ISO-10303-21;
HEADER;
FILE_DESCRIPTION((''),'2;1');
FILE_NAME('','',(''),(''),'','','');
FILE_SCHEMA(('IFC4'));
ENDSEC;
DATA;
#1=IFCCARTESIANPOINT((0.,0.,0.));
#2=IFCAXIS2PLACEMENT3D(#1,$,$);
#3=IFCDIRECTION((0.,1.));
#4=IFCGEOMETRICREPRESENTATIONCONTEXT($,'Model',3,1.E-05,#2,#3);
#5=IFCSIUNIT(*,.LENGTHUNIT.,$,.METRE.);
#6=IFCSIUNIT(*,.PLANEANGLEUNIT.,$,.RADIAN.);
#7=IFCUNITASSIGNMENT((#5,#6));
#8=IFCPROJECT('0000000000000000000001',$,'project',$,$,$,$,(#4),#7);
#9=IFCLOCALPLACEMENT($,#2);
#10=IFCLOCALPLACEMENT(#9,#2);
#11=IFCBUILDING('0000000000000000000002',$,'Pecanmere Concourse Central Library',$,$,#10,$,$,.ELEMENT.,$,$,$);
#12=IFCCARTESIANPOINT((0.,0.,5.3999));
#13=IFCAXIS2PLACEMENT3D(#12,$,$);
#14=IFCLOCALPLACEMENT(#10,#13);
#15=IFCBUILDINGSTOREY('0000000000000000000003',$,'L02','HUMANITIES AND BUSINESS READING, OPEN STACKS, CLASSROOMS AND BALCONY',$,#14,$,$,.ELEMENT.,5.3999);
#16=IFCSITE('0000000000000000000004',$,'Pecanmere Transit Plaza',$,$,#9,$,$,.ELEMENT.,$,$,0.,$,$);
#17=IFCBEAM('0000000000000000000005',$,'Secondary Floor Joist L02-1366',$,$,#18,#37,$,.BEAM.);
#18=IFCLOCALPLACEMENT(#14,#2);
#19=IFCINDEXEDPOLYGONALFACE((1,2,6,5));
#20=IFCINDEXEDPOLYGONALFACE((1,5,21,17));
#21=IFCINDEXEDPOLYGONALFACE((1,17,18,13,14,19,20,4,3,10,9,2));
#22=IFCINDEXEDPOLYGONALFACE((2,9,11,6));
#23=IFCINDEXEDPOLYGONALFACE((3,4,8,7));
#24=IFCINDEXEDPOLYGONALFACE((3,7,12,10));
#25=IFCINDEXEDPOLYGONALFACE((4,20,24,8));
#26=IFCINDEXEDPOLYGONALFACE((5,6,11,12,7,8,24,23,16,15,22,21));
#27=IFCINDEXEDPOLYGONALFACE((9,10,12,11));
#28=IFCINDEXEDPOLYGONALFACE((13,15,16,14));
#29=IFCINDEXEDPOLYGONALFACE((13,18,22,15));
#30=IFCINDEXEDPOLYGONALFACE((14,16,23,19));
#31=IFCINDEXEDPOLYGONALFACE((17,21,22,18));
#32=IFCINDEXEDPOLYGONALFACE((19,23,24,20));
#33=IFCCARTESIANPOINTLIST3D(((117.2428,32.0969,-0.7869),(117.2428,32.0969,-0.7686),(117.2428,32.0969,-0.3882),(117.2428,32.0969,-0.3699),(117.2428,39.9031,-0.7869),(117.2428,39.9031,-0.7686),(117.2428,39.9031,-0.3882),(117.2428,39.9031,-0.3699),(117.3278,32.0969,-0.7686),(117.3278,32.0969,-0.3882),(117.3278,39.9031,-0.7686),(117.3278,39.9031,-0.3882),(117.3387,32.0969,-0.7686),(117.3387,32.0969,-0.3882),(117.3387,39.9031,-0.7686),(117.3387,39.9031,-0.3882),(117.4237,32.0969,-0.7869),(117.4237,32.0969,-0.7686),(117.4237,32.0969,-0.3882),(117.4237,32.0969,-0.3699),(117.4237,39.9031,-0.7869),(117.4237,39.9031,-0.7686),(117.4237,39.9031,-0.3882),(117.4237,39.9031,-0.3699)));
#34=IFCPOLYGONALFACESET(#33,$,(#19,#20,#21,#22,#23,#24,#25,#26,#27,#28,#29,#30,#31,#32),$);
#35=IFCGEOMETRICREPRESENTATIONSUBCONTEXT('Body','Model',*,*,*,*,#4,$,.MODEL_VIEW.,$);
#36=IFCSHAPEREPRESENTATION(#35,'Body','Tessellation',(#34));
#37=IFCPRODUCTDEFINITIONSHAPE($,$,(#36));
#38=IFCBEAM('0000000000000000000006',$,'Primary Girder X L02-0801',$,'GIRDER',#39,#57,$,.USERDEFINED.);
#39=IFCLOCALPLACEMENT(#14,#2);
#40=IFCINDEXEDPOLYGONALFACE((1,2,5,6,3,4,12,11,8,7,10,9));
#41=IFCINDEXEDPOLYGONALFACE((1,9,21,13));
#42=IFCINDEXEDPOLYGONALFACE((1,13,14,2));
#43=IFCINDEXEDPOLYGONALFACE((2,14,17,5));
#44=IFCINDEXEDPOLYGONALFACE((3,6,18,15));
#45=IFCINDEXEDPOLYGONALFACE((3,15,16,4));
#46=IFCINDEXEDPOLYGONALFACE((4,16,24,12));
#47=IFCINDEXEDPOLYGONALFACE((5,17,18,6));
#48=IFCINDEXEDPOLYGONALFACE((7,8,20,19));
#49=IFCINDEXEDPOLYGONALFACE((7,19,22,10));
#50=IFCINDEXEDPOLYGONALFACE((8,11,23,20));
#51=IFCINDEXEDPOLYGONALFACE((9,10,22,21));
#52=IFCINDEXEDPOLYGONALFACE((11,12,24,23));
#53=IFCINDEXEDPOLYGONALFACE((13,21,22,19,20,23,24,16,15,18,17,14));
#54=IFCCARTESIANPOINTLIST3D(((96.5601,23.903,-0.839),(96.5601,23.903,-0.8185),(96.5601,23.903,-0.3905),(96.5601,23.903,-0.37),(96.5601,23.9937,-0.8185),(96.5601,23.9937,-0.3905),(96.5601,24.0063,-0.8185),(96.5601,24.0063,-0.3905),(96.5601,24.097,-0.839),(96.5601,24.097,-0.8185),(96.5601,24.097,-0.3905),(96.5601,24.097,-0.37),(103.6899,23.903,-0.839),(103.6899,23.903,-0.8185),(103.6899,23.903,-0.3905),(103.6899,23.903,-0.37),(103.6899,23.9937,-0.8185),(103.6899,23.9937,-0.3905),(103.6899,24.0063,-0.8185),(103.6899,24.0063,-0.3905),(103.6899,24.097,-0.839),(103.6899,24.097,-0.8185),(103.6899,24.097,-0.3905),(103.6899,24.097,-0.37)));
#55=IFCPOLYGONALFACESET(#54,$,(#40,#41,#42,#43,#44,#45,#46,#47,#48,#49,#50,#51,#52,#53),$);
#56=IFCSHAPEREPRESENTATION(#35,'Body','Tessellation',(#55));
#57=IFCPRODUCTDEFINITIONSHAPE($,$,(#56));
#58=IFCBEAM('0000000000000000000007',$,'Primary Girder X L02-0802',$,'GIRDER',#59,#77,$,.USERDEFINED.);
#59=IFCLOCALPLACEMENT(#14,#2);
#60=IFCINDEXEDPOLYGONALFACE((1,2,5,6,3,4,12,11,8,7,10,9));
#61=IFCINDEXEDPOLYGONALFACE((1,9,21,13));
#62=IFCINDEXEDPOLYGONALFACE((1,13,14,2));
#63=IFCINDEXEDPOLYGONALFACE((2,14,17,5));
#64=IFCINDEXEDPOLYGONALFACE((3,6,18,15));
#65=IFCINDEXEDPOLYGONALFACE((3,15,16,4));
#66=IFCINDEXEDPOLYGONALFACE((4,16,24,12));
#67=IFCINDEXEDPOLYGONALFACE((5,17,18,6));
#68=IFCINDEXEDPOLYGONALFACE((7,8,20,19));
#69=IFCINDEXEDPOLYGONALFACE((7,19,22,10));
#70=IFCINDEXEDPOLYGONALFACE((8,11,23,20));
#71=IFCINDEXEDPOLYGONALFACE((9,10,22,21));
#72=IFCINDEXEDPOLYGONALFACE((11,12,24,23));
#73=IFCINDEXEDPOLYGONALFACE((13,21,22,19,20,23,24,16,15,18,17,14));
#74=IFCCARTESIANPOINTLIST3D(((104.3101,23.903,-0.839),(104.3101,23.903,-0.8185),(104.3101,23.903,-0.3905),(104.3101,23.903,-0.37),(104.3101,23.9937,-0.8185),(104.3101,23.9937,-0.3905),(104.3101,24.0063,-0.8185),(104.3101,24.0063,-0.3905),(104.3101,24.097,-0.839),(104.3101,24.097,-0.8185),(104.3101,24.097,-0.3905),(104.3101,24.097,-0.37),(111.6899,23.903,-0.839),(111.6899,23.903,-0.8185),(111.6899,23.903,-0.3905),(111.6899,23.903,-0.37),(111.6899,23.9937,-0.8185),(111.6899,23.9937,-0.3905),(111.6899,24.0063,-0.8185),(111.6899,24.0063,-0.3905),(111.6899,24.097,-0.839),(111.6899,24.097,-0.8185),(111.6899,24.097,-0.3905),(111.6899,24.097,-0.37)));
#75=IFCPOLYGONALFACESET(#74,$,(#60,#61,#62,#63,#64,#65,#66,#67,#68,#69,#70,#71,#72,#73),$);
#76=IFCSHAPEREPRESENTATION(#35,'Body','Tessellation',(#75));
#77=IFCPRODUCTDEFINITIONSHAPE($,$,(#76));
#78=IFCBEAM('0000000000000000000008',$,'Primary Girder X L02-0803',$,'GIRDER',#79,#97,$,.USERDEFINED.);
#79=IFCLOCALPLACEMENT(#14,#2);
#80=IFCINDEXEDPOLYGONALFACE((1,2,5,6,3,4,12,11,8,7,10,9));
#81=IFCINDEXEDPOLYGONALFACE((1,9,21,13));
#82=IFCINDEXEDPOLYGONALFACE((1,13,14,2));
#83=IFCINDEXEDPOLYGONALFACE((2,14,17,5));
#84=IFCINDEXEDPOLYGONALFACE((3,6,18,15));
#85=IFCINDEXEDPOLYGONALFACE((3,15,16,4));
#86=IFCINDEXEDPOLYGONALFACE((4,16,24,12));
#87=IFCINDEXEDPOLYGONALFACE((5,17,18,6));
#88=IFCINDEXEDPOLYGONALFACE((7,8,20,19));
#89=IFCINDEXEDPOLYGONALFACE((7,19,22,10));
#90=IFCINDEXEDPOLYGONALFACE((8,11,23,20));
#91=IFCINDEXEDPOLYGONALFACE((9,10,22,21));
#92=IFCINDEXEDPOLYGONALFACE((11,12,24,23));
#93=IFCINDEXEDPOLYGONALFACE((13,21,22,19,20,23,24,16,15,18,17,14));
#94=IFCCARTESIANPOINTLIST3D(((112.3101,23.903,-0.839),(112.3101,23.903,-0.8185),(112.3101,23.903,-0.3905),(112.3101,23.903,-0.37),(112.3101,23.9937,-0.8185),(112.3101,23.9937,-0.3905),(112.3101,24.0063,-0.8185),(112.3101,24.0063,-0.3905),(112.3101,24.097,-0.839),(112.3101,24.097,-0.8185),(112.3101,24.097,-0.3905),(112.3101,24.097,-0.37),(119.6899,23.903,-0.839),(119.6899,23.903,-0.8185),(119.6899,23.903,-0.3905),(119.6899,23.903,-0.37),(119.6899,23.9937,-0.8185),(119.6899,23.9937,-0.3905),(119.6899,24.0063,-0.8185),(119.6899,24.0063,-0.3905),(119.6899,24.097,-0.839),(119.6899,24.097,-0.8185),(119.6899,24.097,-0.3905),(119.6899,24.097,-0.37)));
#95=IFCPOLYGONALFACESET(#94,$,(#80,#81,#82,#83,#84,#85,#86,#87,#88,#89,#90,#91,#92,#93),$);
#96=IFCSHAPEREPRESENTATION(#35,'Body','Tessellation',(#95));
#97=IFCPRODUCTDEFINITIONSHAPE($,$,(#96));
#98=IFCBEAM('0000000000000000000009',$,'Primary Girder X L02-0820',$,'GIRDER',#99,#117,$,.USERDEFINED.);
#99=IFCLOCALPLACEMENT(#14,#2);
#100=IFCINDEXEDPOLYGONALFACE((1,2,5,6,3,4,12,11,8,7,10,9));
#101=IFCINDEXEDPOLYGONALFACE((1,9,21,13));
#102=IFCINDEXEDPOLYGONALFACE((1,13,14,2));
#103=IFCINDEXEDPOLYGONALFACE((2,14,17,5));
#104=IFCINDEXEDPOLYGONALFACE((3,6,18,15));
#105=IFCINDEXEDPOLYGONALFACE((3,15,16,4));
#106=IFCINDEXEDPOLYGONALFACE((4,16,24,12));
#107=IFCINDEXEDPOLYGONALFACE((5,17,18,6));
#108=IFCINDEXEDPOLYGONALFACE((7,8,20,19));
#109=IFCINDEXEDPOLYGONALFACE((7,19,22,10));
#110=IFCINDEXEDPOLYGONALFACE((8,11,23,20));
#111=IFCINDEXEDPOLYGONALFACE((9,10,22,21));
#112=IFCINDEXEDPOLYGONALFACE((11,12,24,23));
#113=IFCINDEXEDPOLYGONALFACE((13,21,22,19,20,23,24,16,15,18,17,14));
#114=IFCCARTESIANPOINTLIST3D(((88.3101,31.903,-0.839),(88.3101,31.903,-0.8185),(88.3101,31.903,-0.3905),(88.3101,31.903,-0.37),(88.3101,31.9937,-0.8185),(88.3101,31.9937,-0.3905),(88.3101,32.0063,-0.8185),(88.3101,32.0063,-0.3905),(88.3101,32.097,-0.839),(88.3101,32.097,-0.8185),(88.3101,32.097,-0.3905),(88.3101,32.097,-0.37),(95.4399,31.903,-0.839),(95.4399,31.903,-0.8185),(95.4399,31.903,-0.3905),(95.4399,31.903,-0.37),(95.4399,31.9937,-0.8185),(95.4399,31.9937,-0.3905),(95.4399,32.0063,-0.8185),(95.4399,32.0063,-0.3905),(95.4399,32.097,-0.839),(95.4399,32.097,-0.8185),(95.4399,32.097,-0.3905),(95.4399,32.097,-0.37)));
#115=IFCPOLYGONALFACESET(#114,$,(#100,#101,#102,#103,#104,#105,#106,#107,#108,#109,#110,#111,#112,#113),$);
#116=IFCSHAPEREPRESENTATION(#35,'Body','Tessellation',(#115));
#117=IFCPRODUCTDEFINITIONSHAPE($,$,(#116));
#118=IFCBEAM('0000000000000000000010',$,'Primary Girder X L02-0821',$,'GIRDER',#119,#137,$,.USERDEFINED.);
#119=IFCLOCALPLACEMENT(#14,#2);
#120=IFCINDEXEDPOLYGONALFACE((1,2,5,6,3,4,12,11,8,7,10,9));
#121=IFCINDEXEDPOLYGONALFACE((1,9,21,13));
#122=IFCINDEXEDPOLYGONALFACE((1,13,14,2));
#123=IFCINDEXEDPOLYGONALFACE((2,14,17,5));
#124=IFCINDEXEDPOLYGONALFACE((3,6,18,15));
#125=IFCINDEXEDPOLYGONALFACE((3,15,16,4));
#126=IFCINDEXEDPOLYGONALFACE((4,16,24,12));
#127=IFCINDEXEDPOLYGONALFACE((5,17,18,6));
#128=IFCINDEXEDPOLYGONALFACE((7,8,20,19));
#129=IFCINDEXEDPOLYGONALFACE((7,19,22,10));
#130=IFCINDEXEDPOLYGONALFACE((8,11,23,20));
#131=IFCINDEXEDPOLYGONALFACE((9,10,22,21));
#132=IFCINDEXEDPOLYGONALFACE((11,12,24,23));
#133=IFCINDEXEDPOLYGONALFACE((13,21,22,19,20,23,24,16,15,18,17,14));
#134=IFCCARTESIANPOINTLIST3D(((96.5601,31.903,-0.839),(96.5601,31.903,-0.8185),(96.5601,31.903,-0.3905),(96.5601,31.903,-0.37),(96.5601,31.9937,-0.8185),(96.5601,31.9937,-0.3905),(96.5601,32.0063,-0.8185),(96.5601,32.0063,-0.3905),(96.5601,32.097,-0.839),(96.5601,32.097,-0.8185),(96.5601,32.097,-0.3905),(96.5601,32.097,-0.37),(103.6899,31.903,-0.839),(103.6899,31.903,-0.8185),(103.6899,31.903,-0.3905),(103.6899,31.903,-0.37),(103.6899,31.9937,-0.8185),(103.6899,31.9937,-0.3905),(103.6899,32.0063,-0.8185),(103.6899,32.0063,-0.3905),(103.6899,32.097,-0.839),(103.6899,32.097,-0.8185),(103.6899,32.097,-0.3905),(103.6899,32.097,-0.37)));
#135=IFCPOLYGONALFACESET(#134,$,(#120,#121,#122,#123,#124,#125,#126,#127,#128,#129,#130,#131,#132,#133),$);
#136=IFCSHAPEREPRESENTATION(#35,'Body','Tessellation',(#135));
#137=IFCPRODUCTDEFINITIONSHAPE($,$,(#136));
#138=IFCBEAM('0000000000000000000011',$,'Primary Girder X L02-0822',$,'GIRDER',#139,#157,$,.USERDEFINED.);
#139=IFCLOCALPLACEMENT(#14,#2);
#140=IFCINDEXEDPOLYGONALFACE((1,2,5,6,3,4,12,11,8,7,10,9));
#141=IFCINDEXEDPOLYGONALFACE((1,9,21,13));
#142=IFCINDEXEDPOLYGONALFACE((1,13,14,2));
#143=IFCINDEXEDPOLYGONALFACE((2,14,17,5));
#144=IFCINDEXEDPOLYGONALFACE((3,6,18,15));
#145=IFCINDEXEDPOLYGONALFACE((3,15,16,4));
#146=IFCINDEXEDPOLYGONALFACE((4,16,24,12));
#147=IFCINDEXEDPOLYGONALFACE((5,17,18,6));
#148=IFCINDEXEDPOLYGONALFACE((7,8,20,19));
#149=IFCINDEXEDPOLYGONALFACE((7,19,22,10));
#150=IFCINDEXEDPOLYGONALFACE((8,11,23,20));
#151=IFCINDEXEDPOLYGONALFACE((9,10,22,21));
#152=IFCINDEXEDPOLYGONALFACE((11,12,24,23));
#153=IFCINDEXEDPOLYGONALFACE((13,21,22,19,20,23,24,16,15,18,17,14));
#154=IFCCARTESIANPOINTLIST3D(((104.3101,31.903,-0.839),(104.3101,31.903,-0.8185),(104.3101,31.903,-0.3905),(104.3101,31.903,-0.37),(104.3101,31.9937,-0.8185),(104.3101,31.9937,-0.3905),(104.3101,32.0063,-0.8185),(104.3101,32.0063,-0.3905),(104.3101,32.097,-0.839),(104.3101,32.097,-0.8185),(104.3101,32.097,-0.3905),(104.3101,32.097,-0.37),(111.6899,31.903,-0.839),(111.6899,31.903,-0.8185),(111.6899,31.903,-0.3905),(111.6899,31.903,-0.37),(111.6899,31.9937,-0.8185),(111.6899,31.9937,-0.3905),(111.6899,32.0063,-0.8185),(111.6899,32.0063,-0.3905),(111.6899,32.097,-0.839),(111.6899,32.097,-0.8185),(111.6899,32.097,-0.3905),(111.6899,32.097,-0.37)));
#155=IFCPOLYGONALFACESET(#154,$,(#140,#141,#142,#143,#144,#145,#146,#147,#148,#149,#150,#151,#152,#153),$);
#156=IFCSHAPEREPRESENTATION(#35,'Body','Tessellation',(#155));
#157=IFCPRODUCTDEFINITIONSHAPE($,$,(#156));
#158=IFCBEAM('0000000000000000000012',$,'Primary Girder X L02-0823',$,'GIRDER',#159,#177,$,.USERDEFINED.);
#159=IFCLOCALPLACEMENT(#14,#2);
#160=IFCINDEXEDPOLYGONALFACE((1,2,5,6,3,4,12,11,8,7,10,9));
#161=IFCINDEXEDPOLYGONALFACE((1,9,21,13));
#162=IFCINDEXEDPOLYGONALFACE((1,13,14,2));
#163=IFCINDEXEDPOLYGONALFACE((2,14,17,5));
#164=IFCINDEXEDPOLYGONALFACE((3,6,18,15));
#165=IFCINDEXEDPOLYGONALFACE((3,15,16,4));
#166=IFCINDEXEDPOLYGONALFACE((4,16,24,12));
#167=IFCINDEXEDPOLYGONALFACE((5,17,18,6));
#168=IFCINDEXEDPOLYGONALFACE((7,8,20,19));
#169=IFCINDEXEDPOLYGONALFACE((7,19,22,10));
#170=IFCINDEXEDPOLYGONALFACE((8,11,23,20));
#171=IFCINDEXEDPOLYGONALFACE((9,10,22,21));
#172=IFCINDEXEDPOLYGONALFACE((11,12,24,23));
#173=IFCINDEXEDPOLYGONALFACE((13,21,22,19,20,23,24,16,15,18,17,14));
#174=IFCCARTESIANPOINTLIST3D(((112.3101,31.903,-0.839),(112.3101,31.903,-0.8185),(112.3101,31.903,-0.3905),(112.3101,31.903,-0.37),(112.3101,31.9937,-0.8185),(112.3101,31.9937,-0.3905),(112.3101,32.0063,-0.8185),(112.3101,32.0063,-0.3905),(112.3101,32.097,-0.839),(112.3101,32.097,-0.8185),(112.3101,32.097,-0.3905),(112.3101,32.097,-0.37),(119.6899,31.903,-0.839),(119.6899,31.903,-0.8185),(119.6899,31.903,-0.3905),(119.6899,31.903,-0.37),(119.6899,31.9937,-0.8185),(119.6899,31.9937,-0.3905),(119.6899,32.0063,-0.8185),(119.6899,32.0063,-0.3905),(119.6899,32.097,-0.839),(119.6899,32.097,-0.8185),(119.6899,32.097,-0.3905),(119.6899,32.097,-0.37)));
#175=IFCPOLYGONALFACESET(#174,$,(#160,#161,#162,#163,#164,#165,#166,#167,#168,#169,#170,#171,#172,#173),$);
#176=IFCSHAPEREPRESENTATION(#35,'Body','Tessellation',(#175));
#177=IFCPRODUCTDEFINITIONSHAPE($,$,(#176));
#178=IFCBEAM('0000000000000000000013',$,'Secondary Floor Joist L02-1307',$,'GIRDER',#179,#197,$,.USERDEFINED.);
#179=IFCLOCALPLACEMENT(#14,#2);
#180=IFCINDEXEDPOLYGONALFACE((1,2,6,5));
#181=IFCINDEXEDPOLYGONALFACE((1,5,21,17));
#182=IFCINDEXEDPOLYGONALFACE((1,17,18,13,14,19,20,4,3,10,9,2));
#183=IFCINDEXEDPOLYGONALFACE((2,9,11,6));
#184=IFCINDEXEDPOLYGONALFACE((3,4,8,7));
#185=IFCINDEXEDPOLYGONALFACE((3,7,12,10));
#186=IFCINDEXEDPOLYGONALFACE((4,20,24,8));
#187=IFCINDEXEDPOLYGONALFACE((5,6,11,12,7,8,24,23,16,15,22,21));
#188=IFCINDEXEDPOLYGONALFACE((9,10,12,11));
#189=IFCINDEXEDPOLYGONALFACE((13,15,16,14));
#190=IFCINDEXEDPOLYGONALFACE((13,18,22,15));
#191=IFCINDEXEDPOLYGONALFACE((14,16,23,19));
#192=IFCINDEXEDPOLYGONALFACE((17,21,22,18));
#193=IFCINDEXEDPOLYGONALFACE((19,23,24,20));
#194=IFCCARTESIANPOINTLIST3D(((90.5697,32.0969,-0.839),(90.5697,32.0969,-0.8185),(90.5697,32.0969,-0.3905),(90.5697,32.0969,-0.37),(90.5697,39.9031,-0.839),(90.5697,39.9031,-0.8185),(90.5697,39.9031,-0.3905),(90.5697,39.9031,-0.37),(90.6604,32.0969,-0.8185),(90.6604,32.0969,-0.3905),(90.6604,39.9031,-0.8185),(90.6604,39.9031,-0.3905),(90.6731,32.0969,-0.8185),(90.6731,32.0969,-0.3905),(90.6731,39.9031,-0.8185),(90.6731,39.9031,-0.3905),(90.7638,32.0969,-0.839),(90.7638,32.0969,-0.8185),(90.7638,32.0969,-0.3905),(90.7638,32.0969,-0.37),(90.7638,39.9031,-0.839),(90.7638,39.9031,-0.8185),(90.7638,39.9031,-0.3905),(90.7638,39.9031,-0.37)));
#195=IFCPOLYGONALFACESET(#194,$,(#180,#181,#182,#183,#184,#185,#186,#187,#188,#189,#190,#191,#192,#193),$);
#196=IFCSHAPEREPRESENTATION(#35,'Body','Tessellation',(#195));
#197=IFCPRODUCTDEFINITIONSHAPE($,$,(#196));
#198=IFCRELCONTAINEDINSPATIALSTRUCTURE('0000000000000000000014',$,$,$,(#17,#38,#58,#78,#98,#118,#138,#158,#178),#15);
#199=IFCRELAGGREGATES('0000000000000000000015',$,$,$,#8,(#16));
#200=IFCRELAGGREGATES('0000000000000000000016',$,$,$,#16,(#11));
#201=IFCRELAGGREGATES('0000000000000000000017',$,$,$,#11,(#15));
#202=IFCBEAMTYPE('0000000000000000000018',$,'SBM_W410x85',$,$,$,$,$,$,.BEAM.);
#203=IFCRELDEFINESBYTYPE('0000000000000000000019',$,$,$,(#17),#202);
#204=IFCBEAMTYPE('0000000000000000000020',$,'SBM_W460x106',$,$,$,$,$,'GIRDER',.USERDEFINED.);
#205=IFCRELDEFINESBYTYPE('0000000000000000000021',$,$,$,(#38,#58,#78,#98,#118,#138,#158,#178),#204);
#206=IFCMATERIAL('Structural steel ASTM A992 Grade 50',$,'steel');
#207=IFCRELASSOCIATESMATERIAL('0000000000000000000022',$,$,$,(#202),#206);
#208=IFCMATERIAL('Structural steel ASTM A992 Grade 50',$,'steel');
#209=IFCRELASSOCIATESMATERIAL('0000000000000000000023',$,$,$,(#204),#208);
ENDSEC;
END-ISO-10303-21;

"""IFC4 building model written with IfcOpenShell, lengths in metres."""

from ifc_helpers import new_model, si_unit, direction, frame, origin, origin_2d, place, context, subcontext, project, spatial, i_section, extrude, material, material_profile, profile_set, type_object, element, save


model = new_model("IFC4")

# Units and contexts
model_context = context("Model", 3, precision=1e-05, world=origin(), true_north=direction((0.0, 1.0)))
body_context = subcontext(model_context, "Body", "Model", "MODEL_VIEW")
ifc_project = project(units=[si_unit("LENGTHUNIT", "METRE"), si_unit("PLANEANGLEUNIT", "RADIAN")], contexts=[model_context])

# Site, building, storey
site_placement = place(None, origin())
site = spatial("IfcSite", under=ifc_project, at=site_placement, Name="Pecanmere Transit Plaza", CompositionType="ELEMENT", RefElevation=0.0)
building_placement = place(site_placement, origin())
building = spatial("IfcBuilding", under=site, at=building_placement, Name="Pecanmere Concourse Central Library", CompositionType="ELEMENT")
storey_placement = place(building_placement, frame((0.0, 0.0, 5.3999)))
storey = spatial("IfcBuildingStorey", under=building, at=storey_placement, Name="L02", Description="HUMANITIES AND BUSINESS READING, OPEN STACKS, CLASSROOMS AND BALCONY", CompositionType="ELEMENT", Elevation=5.3999)

# Beams
ifc_material_1 = material(Name="Structural steel ASTM A992 Grade 50", Category="steel")
ifc_material_profile_1 = material_profile(ifc_material_1, i_section(OverallWidth=0.1809, OverallDepth=0.417, WebThickness=0.011, FlangeThickness=0.0183, at=origin_2d()), Name="W410x85")
ifc_profile_set_1 = profile_set([ifc_material_profile_1], Name="Structural steel ASTM A992 Grade 50")
beam_type_1 = type_object("IfcBeamType", Name="SBM_W410x85", PredefinedType="BEAM", material=ifc_profile_set_1)
beam_1_placement = place(storey_placement, frame((117.3333, 32.0969, -0.5784), z_axis=(0.0, 1.0, 0.0), x_axis=(-1.0, 0.0, 0.0)))
element("IfcBeam", 1, at=beam_1_placement, inside=storey, type_object=beam_type_1, Name="Secondary Floor Joist L02-1366", PredefinedType="BEAM", context=body_context, shape_type="SweptSolid", body=[
    extrude(i_section(OverallWidth=0.1809, OverallDepth=0.417, WebThickness=0.011, FlangeThickness=0.0183, at=origin_2d()), origin(), (0.0, 0.0, 1.0), 7.8062),
])
ifc_material_2 = material(Name="Structural steel ASTM A992 Grade 50", Category="steel")
ifc_material_profile_2 = material_profile(ifc_material_2, i_section(OverallWidth=0.1941, OverallDepth=0.469, WebThickness=0.0127, FlangeThickness=0.0205, at=origin_2d()), Name="W460x106")
ifc_profile_set_2 = profile_set([ifc_material_profile_2], Name="Structural steel ASTM A992 Grade 50")
beam_type_2 = type_object("IfcBeamType", Name="SBM_W460x106", ElementType="GIRDER", PredefinedType="USERDEFINED", material=ifc_profile_set_2)
beam_2_placement = place(storey_placement, frame((96.5601, 24.0, -0.6045), z_axis=(1.0, 0.0, 0.0), x_axis=(0.0, 1.0, 0.0)))
element("IfcBeam", 2, at=beam_2_placement, inside=storey, type_object=beam_type_2, Name="Primary Girder X L02-0801", ObjectType="GIRDER", PredefinedType="USERDEFINED", context=body_context, shape_type="SweptSolid", body=[
    extrude(i_section(OverallWidth=0.1941, OverallDepth=0.469, WebThickness=0.0127, FlangeThickness=0.0205, at=origin_2d()), origin(), (0.0, 0.0, 1.0), 7.1299),
])
for number, where, z_axis, x_axis, name in (
    (3, (104.3101, 24.0, -0.6045), (1.0, 0.0, 0.0), (0.0, 1.0, 0.0), "Primary Girder X L02-0802"),
    (4, (112.3101, 24.0, -0.6045), (1.0, 0.0, 0.0), (0.0, 1.0, 0.0), "Primary Girder X L02-0803"),
):
    element("IfcBeam", number, at=place(storey_placement, frame(where, z_axis=z_axis, x_axis=x_axis)), inside=storey, type_object=beam_type_2, Name=name, ObjectType="GIRDER", PredefinedType="USERDEFINED", context=body_context, shape_type="SweptSolid", body=[
        extrude(i_section(OverallWidth=0.1941, OverallDepth=0.469, WebThickness=0.0127, FlangeThickness=0.0205, at=origin_2d()), origin(), (0.0, 0.0, 1.0), 7.3799),
    ])
for number, where, z_axis, x_axis, name in (
    (5, (88.3101, 32.0, -0.6045), (1.0, 0.0, 0.0), (0.0, 1.0, 0.0), "Primary Girder X L02-0820"),
    (6, (96.5601, 32.0, -0.6045), (1.0, 0.0, 0.0), (0.0, 1.0, 0.0), "Primary Girder X L02-0821"),
):
    element("IfcBeam", number, at=place(storey_placement, frame(where, z_axis=z_axis, x_axis=x_axis)), inside=storey, type_object=beam_type_2, Name=name, ObjectType="GIRDER", PredefinedType="USERDEFINED", context=body_context, shape_type="SweptSolid", body=[
        extrude(i_section(OverallWidth=0.1941, OverallDepth=0.469, WebThickness=0.0127, FlangeThickness=0.0205, at=origin_2d()), origin(), (0.0, 0.0, 1.0), 7.1299),
    ])
for number, where, z_axis, x_axis, name in (
    (7, (104.3101, 32.0, -0.6045), (1.0, 0.0, 0.0), (0.0, 1.0, 0.0), "Primary Girder X L02-0822"),
    (8, (112.3101, 32.0, -0.6045), (1.0, 0.0, 0.0), (0.0, 1.0, 0.0), "Primary Girder X L02-0823"),
):
    element("IfcBeam", number, at=place(storey_placement, frame(where, z_axis=z_axis, x_axis=x_axis)), inside=storey, type_object=beam_type_2, Name=name, ObjectType="GIRDER", PredefinedType="USERDEFINED", context=body_context, shape_type="SweptSolid", body=[
        extrude(i_section(OverallWidth=0.1941, OverallDepth=0.469, WebThickness=0.0127, FlangeThickness=0.0205, at=origin_2d()), origin(), (0.0, 0.0, 1.0), 7.3799),
    ])
beam_3_placement = place(storey_placement, frame((90.6667, 32.0969, -0.6045), z_axis=(0.0, 1.0, 0.0), x_axis=(-1.0, 0.0, 0.0)))
element("IfcBeam", 9, at=beam_3_placement, inside=storey, type_object=beam_type_2, Name="Secondary Floor Joist L02-1307", ObjectType="GIRDER", PredefinedType="USERDEFINED", context=body_context, shape_type="SweptSolid", body=[
    extrude(i_section(OverallWidth=0.1941, OverallDepth=0.469, WebThickness=0.0127, FlangeThickness=0.0205, at=origin_2d()), origin(), (0.0, 0.0, 1.0), 7.8062),
])

save(model, "model.ifc")
